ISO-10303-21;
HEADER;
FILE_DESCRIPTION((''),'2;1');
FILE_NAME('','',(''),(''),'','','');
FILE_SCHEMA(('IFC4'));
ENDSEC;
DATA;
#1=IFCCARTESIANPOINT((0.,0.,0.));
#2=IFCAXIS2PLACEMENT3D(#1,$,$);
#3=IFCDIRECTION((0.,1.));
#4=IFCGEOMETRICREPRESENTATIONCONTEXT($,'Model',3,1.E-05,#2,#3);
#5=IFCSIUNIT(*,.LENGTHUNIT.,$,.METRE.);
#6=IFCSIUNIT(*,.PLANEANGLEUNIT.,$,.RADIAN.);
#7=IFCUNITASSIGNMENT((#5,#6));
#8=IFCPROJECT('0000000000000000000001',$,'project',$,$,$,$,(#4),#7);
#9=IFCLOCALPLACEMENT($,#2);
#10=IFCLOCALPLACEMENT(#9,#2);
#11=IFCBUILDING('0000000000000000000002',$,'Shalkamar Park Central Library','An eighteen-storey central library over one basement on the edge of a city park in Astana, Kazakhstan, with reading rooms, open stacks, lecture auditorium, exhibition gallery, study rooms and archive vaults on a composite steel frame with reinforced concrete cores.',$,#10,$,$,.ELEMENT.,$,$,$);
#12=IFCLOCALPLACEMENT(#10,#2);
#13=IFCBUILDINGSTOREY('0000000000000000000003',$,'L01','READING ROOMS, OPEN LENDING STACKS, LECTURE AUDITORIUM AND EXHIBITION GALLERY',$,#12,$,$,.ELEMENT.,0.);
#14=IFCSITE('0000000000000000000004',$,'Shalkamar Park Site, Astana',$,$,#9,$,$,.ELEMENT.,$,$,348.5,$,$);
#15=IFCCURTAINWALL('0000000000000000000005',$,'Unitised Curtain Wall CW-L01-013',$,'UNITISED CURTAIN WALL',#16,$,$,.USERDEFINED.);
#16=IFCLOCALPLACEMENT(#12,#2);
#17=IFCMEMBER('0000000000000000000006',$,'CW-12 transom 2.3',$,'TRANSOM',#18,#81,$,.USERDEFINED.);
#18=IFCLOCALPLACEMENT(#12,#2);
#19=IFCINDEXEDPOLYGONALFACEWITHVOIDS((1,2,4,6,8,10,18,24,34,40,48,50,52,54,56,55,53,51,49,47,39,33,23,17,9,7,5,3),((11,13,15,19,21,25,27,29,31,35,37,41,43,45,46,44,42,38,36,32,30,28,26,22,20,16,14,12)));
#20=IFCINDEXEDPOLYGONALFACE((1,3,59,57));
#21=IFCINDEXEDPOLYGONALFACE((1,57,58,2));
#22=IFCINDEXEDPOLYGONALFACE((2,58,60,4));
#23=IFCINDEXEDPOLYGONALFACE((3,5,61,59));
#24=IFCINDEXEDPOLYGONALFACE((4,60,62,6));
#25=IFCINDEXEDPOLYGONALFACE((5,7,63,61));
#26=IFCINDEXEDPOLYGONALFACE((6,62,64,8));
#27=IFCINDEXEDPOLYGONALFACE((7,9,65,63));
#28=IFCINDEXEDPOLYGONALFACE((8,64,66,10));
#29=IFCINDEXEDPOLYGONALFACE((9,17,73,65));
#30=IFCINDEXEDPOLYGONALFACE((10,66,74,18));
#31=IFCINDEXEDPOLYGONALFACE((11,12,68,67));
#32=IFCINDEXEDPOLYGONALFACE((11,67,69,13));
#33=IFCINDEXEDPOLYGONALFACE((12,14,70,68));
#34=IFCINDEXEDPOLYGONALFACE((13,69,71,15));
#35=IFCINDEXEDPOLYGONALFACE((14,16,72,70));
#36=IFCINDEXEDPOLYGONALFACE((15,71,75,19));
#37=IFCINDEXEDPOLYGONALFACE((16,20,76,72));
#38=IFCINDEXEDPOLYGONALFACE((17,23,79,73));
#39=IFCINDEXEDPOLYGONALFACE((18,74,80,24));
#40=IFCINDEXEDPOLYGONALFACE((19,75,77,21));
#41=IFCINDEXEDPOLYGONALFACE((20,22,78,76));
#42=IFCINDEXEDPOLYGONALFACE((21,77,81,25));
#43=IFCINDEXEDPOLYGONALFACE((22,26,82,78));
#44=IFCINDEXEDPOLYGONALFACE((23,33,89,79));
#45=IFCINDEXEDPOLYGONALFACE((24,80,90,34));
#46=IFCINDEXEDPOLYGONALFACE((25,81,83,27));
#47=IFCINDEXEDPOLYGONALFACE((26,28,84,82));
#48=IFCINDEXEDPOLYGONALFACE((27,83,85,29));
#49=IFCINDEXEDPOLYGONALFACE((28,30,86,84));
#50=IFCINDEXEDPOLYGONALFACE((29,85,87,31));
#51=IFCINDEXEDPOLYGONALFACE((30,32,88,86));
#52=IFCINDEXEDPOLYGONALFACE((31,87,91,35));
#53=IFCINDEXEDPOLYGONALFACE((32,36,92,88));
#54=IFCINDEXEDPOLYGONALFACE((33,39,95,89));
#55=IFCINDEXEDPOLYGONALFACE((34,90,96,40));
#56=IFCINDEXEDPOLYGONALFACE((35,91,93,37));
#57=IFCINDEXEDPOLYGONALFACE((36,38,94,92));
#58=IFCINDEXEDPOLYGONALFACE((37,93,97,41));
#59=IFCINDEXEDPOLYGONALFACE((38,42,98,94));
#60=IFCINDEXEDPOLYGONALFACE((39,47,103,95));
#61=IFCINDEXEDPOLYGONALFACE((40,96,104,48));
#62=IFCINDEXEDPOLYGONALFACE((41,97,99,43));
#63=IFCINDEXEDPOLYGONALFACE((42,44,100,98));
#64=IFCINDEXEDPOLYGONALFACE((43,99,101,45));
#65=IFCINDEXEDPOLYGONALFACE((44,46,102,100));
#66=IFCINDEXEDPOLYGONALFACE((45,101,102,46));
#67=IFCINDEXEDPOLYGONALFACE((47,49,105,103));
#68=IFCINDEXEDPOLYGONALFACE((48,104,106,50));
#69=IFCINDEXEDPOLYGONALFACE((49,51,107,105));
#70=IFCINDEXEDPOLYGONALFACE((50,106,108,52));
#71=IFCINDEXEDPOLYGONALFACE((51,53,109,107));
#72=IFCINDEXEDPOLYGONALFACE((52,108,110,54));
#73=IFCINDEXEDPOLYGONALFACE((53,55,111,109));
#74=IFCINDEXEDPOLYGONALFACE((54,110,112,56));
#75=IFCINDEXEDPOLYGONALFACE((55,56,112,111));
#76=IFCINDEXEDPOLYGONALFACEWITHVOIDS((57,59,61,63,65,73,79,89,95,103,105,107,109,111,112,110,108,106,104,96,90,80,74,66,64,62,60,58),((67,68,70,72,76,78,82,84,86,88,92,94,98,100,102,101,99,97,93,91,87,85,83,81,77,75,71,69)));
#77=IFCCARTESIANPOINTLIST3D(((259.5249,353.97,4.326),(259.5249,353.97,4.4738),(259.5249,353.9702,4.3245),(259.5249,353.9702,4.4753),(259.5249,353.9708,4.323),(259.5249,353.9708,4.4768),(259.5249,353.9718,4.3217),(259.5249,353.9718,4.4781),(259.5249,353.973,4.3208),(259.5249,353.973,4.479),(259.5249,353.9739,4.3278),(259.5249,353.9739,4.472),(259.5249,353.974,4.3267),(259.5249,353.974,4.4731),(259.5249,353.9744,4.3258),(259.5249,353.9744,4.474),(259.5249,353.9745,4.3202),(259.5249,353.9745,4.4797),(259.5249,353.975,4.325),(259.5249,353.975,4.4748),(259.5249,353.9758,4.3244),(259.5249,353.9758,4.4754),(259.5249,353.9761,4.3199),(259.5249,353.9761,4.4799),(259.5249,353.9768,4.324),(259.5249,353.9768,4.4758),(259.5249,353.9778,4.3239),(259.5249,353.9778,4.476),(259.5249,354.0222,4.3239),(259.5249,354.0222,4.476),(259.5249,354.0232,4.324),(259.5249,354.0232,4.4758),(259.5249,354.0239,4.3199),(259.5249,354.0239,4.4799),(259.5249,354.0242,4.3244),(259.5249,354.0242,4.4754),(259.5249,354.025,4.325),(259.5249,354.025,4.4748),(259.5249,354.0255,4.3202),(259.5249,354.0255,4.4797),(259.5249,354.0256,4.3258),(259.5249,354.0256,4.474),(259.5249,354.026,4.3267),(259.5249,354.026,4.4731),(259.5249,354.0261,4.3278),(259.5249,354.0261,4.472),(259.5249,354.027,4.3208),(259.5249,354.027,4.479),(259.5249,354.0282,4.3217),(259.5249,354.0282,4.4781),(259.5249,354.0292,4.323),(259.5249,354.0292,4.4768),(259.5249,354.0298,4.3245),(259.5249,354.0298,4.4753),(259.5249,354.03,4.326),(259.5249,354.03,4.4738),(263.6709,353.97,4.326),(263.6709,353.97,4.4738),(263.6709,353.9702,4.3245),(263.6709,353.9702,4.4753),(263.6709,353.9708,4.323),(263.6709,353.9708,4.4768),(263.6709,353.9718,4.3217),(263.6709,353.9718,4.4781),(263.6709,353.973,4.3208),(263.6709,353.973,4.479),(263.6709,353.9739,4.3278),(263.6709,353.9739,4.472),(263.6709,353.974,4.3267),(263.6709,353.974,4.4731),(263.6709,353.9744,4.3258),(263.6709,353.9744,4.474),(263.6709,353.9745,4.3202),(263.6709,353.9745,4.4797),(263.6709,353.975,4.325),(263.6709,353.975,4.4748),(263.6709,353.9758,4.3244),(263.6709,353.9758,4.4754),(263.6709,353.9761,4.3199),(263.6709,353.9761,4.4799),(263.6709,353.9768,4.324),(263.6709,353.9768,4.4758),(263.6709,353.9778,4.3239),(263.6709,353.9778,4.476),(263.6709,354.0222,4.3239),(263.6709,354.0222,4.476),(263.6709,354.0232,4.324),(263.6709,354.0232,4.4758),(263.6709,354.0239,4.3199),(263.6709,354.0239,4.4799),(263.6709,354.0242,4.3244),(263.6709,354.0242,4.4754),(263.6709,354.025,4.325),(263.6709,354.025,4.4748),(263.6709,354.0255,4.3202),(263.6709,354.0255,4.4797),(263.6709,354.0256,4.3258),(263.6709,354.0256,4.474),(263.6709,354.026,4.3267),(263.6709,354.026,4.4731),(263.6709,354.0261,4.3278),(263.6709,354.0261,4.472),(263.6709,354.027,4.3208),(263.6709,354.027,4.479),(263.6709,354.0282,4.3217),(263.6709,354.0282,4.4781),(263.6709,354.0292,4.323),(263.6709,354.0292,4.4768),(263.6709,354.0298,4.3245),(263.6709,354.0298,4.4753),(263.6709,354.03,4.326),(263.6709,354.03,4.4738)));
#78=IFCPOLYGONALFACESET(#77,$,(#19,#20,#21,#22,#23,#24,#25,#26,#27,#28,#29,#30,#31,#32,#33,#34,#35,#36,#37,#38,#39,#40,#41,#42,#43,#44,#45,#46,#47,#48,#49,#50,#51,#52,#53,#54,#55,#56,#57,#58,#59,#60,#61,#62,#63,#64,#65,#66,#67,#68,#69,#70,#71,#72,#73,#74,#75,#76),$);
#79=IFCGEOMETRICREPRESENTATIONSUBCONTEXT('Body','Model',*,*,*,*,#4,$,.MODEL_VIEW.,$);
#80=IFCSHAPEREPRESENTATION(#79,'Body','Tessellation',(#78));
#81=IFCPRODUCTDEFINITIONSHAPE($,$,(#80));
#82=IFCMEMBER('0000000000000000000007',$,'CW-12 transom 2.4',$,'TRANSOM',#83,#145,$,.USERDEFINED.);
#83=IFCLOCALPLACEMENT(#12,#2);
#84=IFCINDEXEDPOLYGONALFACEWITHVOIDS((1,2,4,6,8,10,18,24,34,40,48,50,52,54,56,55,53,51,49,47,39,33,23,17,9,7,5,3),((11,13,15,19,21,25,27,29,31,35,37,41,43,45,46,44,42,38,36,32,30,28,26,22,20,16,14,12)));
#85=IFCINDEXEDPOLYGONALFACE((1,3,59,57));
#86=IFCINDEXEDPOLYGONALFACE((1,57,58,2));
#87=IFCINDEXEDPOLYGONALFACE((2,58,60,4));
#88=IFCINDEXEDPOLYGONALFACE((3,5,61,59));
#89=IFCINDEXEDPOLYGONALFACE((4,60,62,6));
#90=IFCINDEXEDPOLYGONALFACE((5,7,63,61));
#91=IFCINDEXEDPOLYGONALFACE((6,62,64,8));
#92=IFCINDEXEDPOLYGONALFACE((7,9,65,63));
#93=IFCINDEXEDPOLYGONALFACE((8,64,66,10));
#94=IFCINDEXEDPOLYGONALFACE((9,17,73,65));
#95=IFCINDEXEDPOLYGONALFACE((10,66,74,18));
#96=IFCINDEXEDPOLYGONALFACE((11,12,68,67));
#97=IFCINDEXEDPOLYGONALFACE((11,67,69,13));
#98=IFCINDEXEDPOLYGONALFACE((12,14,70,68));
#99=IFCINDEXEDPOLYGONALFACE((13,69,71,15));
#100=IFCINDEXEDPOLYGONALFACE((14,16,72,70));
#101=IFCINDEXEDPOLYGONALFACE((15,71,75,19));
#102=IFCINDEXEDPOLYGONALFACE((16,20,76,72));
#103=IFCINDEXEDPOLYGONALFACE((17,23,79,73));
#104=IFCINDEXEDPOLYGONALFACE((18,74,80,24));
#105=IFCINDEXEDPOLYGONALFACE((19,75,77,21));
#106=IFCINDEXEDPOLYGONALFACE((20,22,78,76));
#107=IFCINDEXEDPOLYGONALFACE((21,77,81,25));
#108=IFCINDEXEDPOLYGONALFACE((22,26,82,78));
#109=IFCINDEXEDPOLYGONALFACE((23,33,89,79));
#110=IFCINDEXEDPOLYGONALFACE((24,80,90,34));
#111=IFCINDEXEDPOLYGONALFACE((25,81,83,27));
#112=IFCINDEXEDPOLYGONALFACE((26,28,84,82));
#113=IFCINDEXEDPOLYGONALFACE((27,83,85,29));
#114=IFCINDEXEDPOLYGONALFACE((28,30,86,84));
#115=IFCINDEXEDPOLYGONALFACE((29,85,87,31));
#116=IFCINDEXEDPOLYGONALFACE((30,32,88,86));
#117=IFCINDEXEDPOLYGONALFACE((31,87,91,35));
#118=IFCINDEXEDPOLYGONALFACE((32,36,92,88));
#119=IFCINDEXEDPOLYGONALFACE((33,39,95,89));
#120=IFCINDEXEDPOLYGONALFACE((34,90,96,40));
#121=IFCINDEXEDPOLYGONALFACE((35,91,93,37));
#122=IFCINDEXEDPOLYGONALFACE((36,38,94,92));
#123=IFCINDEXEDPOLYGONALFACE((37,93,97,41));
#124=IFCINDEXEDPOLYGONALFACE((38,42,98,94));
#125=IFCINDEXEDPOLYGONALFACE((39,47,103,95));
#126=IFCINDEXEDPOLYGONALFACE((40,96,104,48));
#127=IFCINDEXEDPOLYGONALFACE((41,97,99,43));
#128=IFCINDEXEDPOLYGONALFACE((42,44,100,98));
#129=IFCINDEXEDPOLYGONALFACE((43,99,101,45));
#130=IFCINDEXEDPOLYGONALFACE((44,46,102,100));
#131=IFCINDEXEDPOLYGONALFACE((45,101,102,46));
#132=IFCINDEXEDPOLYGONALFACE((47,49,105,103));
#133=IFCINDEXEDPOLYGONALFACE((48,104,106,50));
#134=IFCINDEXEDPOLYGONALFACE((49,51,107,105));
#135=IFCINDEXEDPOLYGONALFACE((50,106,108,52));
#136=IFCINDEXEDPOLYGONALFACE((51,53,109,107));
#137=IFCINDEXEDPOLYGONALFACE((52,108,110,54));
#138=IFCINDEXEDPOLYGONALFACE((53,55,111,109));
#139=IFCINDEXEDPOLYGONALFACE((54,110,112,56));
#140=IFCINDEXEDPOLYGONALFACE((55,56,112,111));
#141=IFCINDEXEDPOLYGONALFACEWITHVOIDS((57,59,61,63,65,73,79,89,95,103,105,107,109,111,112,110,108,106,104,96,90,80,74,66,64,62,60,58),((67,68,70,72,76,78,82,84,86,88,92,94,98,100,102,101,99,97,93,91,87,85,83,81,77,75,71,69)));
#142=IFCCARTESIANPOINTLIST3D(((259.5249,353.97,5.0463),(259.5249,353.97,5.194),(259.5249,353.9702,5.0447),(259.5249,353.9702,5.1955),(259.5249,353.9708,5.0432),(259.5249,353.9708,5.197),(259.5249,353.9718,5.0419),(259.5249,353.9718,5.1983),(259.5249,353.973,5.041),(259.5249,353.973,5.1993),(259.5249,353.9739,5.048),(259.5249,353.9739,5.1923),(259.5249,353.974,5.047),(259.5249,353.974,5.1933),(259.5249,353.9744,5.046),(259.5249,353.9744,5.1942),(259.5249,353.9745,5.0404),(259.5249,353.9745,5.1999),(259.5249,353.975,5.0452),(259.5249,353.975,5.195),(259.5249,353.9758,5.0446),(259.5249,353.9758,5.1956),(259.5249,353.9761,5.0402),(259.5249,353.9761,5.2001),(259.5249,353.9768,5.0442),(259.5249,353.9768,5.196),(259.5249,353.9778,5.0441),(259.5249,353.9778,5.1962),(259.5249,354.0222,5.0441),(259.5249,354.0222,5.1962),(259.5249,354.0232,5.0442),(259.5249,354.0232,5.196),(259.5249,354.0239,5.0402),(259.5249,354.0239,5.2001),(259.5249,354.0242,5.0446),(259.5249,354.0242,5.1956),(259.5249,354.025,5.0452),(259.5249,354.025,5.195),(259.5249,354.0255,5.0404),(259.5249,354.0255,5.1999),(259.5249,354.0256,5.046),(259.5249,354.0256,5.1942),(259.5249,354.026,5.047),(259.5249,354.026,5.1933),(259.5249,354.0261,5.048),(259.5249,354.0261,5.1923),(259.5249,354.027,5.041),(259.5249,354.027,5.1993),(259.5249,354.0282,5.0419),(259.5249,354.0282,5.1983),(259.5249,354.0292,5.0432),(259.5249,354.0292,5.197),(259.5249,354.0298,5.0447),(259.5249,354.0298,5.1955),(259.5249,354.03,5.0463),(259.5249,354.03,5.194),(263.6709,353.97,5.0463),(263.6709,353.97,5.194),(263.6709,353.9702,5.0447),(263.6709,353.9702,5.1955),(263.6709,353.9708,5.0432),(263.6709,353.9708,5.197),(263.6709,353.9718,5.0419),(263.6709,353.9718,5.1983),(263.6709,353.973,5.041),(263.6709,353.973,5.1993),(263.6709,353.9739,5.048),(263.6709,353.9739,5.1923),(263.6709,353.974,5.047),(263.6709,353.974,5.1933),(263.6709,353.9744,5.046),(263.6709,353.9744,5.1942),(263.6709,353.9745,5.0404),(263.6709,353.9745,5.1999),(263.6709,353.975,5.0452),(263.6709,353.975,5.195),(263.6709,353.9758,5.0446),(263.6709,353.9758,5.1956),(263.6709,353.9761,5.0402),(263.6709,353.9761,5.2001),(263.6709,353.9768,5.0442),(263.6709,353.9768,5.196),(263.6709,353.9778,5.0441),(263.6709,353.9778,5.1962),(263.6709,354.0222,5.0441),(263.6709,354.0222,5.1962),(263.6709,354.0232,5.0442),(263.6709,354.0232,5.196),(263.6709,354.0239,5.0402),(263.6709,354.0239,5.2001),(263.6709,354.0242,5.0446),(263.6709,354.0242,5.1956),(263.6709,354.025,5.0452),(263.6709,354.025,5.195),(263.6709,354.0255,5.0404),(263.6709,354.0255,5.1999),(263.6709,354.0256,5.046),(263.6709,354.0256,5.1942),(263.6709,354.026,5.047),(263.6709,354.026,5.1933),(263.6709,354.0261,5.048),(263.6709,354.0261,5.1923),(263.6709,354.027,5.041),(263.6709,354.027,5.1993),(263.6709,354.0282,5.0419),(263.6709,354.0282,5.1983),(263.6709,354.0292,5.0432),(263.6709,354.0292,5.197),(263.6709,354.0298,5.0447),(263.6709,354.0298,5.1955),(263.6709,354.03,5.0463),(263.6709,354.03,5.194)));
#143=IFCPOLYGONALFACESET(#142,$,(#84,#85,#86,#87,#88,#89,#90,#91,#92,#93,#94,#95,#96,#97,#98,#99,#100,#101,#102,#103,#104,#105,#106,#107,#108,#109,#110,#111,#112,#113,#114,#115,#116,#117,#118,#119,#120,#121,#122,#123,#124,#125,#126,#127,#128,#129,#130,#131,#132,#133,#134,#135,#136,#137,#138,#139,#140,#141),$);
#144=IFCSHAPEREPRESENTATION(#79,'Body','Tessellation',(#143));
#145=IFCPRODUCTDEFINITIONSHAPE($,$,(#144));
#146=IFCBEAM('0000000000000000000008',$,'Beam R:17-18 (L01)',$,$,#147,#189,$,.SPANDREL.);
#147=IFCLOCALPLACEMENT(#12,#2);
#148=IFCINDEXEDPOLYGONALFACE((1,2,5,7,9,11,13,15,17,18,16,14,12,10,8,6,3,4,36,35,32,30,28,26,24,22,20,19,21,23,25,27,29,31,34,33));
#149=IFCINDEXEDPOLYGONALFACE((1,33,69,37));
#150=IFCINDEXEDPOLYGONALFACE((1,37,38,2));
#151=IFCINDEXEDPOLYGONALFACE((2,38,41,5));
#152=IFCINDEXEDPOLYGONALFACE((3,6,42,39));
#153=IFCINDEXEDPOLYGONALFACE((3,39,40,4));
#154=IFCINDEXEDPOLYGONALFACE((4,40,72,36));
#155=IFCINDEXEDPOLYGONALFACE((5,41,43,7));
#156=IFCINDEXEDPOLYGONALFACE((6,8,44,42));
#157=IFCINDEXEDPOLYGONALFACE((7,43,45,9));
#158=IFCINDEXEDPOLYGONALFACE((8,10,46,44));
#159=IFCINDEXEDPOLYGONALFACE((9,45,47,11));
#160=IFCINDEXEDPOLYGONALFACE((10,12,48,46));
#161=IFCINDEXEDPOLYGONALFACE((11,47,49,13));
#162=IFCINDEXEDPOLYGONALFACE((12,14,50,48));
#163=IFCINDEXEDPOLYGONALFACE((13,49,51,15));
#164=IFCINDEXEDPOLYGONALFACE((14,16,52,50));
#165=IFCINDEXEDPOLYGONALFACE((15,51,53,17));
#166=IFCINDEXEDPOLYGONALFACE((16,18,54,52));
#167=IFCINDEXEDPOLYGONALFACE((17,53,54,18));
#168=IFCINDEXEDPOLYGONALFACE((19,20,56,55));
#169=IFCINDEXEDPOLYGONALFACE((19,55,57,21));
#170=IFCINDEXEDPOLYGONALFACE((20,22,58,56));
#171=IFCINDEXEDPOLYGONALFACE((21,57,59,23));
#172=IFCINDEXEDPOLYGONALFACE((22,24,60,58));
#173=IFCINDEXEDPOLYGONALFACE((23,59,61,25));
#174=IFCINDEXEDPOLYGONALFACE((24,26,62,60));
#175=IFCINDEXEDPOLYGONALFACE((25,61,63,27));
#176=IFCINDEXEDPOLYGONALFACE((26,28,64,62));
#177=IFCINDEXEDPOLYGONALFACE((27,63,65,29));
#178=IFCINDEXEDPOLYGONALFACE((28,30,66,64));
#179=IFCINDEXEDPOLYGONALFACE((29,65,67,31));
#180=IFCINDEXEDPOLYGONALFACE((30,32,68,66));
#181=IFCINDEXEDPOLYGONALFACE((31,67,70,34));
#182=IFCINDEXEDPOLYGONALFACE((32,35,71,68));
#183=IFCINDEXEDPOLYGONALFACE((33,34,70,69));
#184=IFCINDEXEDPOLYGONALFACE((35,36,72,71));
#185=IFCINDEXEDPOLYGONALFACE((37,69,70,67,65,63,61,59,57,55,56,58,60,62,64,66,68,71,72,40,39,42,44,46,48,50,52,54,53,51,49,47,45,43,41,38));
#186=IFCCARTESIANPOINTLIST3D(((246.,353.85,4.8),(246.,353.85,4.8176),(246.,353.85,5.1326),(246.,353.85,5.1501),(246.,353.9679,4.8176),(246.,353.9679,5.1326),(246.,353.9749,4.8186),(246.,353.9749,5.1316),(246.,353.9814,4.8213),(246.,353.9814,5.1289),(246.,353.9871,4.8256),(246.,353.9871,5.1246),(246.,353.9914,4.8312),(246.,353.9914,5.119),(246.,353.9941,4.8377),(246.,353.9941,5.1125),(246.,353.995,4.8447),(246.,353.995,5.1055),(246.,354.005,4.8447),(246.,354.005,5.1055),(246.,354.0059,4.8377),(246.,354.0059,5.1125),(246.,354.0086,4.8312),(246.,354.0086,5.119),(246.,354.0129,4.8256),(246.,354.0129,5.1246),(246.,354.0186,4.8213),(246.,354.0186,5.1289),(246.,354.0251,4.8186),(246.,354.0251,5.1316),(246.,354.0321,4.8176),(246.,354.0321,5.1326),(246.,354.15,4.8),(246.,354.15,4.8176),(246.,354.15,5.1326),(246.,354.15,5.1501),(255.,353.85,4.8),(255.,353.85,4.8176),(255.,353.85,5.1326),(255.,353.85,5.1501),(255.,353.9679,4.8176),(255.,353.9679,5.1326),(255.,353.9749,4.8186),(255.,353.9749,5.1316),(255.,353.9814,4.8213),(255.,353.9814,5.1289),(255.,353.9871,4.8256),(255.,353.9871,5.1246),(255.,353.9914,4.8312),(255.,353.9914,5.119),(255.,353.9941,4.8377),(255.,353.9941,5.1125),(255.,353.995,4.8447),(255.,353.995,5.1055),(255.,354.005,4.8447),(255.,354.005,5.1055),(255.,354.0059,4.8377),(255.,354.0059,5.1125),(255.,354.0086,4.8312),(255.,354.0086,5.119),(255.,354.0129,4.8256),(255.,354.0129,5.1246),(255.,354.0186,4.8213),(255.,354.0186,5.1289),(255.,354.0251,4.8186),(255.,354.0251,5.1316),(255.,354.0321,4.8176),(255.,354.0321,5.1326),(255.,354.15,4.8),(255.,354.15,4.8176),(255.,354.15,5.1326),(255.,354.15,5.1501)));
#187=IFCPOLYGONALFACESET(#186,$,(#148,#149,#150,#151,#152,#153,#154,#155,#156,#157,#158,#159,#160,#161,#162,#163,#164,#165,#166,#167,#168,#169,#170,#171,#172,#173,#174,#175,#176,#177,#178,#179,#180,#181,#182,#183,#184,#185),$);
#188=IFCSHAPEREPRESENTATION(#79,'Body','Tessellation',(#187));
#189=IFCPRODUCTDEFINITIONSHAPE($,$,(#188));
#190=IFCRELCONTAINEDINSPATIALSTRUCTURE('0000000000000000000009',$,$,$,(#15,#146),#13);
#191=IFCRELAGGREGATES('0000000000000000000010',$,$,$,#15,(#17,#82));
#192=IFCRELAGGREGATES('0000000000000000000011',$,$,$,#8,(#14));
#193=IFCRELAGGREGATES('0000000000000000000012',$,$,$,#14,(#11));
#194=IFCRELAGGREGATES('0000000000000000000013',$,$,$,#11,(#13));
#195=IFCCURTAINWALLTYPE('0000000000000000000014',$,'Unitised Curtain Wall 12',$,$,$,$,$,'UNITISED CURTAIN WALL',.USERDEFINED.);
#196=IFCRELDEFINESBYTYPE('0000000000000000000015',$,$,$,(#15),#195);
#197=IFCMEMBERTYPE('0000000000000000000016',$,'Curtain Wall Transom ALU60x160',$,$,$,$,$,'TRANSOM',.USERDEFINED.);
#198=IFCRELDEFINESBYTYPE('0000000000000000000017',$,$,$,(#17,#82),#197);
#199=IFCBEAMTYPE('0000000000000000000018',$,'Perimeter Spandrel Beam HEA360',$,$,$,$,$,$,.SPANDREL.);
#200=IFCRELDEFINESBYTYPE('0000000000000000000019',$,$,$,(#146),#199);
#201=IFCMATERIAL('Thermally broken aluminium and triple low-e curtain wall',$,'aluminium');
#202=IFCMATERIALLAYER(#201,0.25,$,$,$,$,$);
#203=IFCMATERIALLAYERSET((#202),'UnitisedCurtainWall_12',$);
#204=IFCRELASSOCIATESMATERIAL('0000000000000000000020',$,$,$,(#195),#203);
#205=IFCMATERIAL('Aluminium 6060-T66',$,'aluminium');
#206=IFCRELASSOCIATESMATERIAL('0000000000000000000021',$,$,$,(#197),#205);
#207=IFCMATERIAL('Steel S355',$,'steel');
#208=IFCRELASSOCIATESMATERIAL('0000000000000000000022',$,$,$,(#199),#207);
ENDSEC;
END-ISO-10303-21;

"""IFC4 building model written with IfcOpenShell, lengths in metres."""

from ifc_helpers import new_model, si_unit, direction, frame, origin, origin_2d, place, context, subcontext, project, spatial, hollow_rectangle, i_section, extrude, material, layer, layer_set, material_profile, profile_set, type_object, element, aggregate, save


model = new_model("IFC4")

# Units and contexts
model_context = context("Model", 3, precision=1e-05, world=origin(), true_north=direction((0.0, 1.0)))
body_context = subcontext(model_context, "Body", "Model", "MODEL_VIEW")
ifc_project = project(units=[si_unit("LENGTHUNIT", "METRE"), si_unit("PLANEANGLEUNIT", "RADIAN")], contexts=[model_context])

# Site, building, storey
site_placement = place(None, origin())
site = spatial("IfcSite", under=ifc_project, at=site_placement, Name="Shalkamar Park Site, Astana", CompositionType="ELEMENT", RefElevation=348.5)
building_placement = place(site_placement, origin())
building = spatial("IfcBuilding", under=site, at=building_placement, Name="Shalkamar Park Central Library", Description="An eighteen-storey central library over one basement on the edge of a city park in Astana, Kazakhstan, with reading rooms, open stacks, lecture auditorium, exhibition gallery, study rooms and archive vaults on a composite steel frame with reinforced concrete cores.", CompositionType="ELEMENT")
storey_placement = place(building_placement, origin())
storey = spatial("IfcBuildingStorey", under=building, at=storey_placement, Name="L01", Description="READING ROOMS, OPEN LENDING STACKS, LECTURE AUDITORIUM AND EXHIBITION GALLERY", CompositionType="ELEMENT", Elevation=0.0)

# Shared definitions
ifc_material_1 = material(Name="Steel S355", Category="steel")

# Curtain wall, members
ifc_material_2 = material(Name="Thermally broken aluminium and triple low-e curtain wall", Category="aluminium")
ifc_layer_1 = layer(ifc_material_2, 0.25)
ifc_layer_set_1 = layer_set([ifc_layer_1], Name="UnitisedCurtainWall_12")
curtain_wall_type = type_object("IfcCurtainWallType", Name="Unitised Curtain Wall 12", ElementType="UNITISED CURTAIN WALL", PredefinedType="USERDEFINED", material=ifc_layer_set_1)
curtain_wall_placement = place(storey_placement, origin())
curtain_wall = element("IfcCurtainWall", 1, at=curtain_wall_placement, inside=storey, type_object=curtain_wall_type, Name="Unitised Curtain Wall CW-L01-013", ObjectType="UNITISED CURTAIN WALL", PredefinedType="USERDEFINED")
ifc_material_3 = material(Name="Aluminium 6060-T66", Category="aluminium")
ifc_material_profile_1 = material_profile(ifc_material_3, hollow_rectangle(XDim=0.0601, YDim=0.1599, WallThickness=0.0039, InnerFilletRadius=0.0039, OuterFilletRadius=0.0061, at=origin_2d()), Name="ALU 60x160x4")
ifc_profile_set_1 = profile_set([ifc_material_profile_1], Name="Aluminium 6060-T66")
member_type_1 = type_object("IfcMemberType", Name="Curtain Wall Transom ALU60x160", ElementType="TRANSOM", PredefinedType="USERDEFINED", material=ifc_profile_set_1)
member_1_placement = place(storey_placement, frame((259.5249, 354.0, 4.3999), z_axis=(1.0, 0.0, 0.0), x_axis=(0.0, 1.0, 0.0)))
member_1 = element("IfcMember", 2, at=member_1_placement, type_object=member_type_1, Name="CW-12 transom 2.3", ObjectType="TRANSOM", PredefinedType="USERDEFINED", context=body_context, shape_type="SweptSolid", body=[
    extrude(hollow_rectangle(XDim=0.0601, YDim=0.1599, WallThickness=0.0039, InnerFilletRadius=0.0039, OuterFilletRadius=0.0061, at=origin_2d()), origin(), (0.0, 0.0, 1.0), 4.146),
])
member_2_placement = place(storey_placement, frame((259.5249, 354.0, 5.1201), z_axis=(1.0, 0.0, 0.0), x_axis=(0.0, 1.0, 0.0)))
member_2 = element("IfcMember", 3, at=member_2_placement, type_object=member_type_1, Name="CW-12 transom 2.4", ObjectType="TRANSOM", PredefinedType="USERDEFINED", context=body_context, shape_type="SweptSolid", body=[
    extrude(hollow_rectangle(XDim=0.0601, YDim=0.1599, WallThickness=0.0039, InnerFilletRadius=0.0039, OuterFilletRadius=0.0061, at=origin_2d()), origin(), (0.0, 0.0, 1.0), 4.146),
])

# Beam
ifc_material_profile_2 = material_profile(ifc_material_1, i_section(OverallWidth=0.3, OverallDepth=0.3501, WebThickness=0.01, FlangeThickness=0.0176, FilletRadius=0.0271, at=origin_2d()), Name="HEA 360")
ifc_profile_set_2 = profile_set([ifc_material_profile_2], Name="Steel S355")
beam_type_1 = type_object("IfcBeamType", Name="Perimeter Spandrel Beam HEA360", PredefinedType="SPANDREL", material=ifc_profile_set_2)
for number, where, z_axis, x_axis, name in (
    (4, (246.0, 354.0, 4.9751), (1.0, 0.0, 0.0), (0.0, 1.0, 0.0), "Beam R:17-18 (L01)"),
):
    element("IfcBeam", number, at=place(storey_placement, frame(where, z_axis=z_axis, x_axis=x_axis)), inside=storey, type_object=beam_type_1, Name=name, PredefinedType="SPANDREL", context=body_context, shape_type="SweptSolid", body=[
        extrude(i_section(OverallWidth=0.3, OverallDepth=0.3501, WebThickness=0.01, FlangeThickness=0.0176, FilletRadius=0.0271, at=origin_2d()), origin(), (0.0, 0.0, 1.0), 9.0),
    ])

aggregate(curtain_wall, [member_1, member_2])

save(model, "model.ifc")
